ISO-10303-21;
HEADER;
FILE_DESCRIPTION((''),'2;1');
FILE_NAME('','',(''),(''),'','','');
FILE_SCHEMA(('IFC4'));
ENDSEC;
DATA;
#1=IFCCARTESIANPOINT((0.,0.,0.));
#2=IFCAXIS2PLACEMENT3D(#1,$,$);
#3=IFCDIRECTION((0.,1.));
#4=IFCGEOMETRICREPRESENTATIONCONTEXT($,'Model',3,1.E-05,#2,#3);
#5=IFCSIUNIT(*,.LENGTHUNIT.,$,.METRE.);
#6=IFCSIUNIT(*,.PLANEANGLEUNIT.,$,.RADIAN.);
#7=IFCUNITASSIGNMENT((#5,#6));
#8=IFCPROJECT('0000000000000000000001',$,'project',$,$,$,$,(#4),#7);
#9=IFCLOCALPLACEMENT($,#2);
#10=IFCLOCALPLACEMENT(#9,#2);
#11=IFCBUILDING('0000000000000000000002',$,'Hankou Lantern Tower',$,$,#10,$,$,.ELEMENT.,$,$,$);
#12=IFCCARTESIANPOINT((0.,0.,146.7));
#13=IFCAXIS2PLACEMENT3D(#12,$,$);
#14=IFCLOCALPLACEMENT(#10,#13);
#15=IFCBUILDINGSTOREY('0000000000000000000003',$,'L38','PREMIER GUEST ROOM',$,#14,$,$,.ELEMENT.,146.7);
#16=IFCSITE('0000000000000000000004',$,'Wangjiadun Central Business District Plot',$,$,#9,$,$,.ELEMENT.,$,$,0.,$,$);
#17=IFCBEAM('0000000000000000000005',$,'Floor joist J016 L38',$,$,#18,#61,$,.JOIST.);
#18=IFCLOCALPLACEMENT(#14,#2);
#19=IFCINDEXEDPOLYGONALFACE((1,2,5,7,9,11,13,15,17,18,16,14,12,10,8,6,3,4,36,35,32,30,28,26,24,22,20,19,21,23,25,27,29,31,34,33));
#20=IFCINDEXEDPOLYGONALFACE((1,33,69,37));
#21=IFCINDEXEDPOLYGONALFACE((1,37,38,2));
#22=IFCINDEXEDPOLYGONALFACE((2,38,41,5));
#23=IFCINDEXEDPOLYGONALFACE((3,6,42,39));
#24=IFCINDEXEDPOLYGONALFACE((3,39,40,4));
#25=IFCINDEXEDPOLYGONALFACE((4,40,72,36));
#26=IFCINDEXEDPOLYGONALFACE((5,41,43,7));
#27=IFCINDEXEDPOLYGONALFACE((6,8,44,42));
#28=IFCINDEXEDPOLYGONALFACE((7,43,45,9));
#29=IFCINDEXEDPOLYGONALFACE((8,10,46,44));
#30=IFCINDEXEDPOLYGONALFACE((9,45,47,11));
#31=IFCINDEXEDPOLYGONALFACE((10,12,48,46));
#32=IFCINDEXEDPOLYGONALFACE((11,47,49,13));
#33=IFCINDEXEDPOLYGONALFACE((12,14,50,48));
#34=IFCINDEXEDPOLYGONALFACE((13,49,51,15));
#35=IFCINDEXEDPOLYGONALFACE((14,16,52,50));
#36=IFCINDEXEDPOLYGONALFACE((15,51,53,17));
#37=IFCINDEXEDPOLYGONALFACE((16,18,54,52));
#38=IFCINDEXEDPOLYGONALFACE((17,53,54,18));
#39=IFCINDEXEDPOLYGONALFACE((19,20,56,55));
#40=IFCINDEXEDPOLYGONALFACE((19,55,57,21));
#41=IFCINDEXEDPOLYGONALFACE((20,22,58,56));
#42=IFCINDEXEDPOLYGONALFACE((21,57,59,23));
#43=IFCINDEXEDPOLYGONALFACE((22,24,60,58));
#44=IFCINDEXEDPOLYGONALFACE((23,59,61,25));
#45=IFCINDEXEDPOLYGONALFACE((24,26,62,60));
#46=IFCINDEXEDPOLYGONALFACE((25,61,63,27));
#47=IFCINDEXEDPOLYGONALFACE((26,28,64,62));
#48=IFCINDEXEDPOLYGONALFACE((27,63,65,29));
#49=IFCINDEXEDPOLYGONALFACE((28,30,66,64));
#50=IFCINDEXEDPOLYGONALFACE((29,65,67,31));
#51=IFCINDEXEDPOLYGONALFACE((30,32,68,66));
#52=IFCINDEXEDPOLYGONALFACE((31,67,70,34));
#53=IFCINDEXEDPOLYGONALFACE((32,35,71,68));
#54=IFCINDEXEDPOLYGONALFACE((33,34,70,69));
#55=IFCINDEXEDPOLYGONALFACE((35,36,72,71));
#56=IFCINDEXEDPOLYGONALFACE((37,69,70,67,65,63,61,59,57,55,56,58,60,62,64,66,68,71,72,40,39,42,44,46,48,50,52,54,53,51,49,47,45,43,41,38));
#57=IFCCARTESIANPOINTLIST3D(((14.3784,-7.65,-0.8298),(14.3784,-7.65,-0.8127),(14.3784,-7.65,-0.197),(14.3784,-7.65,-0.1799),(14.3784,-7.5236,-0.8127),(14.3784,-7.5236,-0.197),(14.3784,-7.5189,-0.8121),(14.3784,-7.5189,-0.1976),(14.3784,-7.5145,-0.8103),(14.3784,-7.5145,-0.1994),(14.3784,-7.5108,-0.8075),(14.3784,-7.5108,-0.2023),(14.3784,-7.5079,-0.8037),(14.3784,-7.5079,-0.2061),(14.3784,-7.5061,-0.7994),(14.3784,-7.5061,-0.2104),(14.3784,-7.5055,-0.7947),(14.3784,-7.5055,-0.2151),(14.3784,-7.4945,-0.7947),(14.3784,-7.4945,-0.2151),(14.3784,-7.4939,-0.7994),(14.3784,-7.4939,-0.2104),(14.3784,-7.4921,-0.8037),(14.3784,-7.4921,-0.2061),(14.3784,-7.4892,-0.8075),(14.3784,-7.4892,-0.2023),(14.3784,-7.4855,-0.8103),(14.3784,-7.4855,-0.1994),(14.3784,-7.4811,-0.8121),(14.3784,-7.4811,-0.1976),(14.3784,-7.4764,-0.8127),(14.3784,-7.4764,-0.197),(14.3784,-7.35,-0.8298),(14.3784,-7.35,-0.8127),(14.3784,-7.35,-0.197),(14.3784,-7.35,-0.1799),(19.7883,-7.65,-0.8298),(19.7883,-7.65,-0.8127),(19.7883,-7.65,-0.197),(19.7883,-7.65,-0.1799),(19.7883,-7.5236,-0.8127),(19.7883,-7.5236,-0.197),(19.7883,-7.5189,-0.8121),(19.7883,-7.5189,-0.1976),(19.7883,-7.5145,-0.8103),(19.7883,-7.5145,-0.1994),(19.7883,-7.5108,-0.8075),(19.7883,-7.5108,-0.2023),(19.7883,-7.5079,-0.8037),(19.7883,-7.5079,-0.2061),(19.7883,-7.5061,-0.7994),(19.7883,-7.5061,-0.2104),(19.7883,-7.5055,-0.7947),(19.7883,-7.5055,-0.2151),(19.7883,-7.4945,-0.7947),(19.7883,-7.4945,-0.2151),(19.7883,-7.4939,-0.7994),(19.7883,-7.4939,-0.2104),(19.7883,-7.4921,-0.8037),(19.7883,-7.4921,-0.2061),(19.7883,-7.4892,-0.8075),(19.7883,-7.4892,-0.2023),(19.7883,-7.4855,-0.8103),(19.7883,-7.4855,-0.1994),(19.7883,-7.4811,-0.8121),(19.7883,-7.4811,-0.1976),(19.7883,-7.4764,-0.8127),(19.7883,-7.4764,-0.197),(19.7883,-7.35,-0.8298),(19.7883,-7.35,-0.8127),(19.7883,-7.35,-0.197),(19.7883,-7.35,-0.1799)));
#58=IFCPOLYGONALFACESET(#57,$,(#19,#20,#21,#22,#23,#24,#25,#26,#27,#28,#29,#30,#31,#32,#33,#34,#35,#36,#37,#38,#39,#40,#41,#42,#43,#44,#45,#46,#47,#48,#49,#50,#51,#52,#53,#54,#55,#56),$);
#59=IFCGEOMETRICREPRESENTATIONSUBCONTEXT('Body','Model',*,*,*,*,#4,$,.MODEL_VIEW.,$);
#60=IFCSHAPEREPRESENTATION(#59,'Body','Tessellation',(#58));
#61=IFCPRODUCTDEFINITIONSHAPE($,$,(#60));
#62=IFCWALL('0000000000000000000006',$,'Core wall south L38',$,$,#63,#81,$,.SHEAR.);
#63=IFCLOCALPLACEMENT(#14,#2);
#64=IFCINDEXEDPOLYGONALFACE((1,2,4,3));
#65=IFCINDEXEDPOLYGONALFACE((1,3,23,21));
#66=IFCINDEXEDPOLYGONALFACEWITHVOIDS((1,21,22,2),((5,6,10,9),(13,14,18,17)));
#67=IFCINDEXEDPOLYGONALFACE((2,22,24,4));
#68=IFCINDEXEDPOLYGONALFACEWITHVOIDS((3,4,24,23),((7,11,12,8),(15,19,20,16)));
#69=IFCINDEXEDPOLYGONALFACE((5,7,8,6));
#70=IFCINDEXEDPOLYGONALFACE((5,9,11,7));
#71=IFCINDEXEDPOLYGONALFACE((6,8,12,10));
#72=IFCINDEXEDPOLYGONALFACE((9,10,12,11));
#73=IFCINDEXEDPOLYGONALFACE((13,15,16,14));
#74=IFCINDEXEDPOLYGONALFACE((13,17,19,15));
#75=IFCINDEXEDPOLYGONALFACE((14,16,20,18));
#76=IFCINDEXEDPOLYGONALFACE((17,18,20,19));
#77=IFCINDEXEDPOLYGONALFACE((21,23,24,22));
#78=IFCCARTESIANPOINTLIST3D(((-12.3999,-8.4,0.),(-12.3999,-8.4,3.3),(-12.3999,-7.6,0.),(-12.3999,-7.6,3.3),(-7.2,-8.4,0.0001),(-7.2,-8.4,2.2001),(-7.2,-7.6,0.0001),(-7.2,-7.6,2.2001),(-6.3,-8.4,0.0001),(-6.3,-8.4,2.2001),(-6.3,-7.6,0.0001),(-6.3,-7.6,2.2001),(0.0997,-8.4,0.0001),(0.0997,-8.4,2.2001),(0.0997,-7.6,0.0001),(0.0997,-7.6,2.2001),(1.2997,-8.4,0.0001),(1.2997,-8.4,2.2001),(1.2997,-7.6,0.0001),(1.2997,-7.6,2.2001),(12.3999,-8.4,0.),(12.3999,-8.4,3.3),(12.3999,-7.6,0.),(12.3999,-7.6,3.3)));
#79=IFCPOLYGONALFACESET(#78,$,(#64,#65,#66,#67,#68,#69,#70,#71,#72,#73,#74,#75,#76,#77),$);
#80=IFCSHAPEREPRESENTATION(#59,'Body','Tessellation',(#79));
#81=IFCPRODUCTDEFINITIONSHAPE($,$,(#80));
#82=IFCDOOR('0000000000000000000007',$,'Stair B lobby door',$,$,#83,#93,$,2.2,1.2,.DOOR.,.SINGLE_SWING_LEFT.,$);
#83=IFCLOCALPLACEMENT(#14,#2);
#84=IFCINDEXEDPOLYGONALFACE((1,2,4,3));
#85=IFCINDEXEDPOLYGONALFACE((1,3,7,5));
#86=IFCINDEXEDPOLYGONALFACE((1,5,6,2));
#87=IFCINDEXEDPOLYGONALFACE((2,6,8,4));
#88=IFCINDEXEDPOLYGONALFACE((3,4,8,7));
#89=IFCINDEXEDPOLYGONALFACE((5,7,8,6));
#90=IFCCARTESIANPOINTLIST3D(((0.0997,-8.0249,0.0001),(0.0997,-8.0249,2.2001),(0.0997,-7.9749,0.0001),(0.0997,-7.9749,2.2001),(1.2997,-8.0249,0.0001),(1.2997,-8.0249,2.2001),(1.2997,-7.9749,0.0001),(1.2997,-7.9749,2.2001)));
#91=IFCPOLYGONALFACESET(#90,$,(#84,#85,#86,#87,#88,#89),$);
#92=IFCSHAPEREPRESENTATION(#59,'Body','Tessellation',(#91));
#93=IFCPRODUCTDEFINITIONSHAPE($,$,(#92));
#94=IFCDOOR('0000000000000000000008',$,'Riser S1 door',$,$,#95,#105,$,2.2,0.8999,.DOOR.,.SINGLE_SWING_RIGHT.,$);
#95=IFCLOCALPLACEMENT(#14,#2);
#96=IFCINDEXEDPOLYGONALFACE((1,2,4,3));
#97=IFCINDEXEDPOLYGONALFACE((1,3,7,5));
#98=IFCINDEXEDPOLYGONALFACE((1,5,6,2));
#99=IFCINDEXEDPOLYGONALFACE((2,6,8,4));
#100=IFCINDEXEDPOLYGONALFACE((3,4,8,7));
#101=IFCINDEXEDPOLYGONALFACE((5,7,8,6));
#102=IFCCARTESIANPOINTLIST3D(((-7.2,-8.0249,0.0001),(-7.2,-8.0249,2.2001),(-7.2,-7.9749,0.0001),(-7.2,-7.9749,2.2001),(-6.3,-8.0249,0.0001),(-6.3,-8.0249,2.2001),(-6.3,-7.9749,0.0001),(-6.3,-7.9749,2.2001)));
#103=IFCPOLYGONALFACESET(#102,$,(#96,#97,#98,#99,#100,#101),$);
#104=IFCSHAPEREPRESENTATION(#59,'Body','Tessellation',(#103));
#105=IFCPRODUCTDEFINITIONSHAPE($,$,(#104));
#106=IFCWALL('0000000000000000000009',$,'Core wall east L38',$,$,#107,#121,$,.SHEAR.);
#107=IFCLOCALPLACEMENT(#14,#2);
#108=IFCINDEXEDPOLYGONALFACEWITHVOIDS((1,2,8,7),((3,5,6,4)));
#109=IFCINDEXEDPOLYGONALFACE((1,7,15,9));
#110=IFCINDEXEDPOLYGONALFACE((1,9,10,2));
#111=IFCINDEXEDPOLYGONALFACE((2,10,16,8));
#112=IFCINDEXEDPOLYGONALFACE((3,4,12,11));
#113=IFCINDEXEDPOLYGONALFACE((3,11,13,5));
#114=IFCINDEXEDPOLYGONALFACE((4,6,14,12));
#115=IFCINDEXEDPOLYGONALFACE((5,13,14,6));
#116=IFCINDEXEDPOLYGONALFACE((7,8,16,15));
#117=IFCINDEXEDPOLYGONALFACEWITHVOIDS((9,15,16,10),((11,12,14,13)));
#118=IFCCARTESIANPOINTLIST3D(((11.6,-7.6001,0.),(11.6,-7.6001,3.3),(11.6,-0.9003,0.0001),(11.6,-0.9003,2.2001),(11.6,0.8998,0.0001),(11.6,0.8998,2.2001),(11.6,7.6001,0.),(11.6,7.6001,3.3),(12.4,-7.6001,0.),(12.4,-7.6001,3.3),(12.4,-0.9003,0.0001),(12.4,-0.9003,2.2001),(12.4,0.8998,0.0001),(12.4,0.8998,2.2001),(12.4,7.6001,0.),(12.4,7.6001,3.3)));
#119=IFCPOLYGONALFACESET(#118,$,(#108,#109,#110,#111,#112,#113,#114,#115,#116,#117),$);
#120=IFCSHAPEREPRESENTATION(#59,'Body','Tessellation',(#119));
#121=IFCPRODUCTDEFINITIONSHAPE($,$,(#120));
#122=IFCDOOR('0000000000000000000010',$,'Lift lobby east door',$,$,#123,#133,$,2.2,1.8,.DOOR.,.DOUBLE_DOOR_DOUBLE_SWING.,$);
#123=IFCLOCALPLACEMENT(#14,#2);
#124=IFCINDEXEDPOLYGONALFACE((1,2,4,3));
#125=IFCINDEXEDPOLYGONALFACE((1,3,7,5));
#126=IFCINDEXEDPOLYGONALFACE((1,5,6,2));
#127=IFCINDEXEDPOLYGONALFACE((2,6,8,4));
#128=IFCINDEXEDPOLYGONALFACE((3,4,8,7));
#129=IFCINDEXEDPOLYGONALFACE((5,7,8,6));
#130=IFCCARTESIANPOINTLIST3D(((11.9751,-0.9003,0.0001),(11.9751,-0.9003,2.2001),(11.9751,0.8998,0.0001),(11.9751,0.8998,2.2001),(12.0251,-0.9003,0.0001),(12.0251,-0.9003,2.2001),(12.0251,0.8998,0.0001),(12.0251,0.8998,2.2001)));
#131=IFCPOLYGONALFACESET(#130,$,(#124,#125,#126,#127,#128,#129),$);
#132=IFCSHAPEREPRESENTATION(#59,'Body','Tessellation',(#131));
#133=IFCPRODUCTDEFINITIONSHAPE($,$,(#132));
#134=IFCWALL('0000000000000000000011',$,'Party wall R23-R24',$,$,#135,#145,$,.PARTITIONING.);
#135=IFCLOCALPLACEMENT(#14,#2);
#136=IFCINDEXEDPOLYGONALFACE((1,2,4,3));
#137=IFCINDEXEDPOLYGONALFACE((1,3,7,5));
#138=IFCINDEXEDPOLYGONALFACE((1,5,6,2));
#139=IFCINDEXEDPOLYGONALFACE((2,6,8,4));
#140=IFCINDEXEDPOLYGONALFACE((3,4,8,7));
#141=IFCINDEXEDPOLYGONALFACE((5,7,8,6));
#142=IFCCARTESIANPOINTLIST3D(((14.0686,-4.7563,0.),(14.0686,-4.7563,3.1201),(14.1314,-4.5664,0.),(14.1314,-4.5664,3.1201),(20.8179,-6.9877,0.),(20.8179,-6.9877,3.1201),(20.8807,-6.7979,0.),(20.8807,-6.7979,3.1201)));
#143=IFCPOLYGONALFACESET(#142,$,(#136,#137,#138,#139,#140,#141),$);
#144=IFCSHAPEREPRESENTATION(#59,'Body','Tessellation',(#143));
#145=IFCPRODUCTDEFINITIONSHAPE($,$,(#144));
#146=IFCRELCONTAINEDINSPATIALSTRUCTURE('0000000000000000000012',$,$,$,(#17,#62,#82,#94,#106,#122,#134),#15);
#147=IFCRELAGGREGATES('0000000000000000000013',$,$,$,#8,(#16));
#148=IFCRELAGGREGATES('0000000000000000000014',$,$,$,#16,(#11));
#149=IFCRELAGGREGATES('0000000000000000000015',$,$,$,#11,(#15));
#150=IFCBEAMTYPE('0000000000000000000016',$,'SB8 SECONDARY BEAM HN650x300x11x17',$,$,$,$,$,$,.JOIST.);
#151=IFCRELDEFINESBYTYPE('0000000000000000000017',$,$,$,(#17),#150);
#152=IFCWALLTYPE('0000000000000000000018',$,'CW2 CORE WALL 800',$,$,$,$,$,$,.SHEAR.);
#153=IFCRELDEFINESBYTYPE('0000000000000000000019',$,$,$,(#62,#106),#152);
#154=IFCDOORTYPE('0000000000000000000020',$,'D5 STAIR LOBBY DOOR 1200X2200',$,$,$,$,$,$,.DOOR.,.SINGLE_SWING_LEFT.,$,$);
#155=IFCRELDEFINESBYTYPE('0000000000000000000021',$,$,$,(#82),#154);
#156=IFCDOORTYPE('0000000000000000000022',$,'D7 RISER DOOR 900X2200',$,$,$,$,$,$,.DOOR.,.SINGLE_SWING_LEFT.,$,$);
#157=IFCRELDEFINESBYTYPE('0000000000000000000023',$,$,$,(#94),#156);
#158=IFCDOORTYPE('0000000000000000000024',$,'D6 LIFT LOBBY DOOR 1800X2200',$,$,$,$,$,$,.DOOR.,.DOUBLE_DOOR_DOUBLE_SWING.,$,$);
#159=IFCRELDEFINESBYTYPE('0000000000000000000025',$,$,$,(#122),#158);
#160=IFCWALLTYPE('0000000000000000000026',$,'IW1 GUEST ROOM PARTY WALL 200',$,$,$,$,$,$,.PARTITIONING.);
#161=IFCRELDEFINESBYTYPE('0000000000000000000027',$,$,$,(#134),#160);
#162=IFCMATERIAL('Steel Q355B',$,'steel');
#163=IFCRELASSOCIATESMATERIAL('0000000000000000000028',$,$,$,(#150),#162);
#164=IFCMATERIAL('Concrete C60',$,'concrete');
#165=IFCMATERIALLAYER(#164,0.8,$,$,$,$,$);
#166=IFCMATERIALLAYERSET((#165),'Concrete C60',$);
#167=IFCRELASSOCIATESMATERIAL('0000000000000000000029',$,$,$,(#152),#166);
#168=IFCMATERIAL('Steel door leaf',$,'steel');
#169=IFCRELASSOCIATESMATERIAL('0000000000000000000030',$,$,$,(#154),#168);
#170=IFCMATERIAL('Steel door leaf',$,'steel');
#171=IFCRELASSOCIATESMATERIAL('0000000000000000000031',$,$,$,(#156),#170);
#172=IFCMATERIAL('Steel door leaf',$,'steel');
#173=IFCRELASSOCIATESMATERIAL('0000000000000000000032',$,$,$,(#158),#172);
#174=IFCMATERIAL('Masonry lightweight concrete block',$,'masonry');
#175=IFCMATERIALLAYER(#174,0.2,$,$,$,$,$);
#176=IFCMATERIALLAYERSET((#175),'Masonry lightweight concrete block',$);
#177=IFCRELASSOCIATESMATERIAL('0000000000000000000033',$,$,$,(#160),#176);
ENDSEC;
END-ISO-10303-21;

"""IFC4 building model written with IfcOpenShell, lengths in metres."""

from ifc_helpers import new_model, si_unit, direction, frame, frame_2d, origin, origin_2d, place, context, subcontext, project, spatial, rectangle, i_section, extrude, material, layer, layer_set, material_profile, profile_set, type_object, element, fill, save


model = new_model("IFC4")

# Units and contexts
model_context = context("Model", 3, precision=1e-05, world=origin(), true_north=direction((0.0, 1.0)))
body_context = subcontext(model_context, "Body", "Model", "MODEL_VIEW")
ifc_project = project(units=[si_unit("LENGTHUNIT", "METRE"), si_unit("PLANEANGLEUNIT", "RADIAN")], contexts=[model_context])

# Site, building, storey
site_placement = place(None, origin())
site = spatial("IfcSite", under=ifc_project, at=site_placement, Name="Wangjiadun Central Business District Plot", CompositionType="ELEMENT", RefElevation=0.0)
building_placement = place(site_placement, origin())
building = spatial("IfcBuilding", under=site, at=building_placement, Name="Hankou Lantern Tower", CompositionType="ELEMENT")
storey_placement = place(building_placement, frame((0.0, 0.0, 146.7)))
storey = spatial("IfcBuildingStorey", under=building, at=storey_placement, Name="L38", Description="PREMIER GUEST ROOM", CompositionType="ELEMENT", Elevation=146.7)

# Beam
ifc_material_1 = material(Name="Steel Q355B", Category="steel")
ifc_material_profile_1 = material_profile(ifc_material_1, i_section(OverallWidth=0.3, OverallDepth=0.6499, WebThickness=0.011, FlangeThickness=0.0171, FilletRadius=0.0181, at=origin_2d()), Name="HN650x300x11x17")
ifc_profile_set_1 = profile_set([ifc_material_profile_1], Name="Steel Q355B")
beam_type_1 = type_object("IfcBeamType", Name="SB8 SECONDARY BEAM HN650x300x11x17", PredefinedType="JOIST", material=ifc_profile_set_1)
beam_1_placement = place(storey_placement, frame((14.3784, -7.5, -0.5049), z_axis=(1.0, 0.0, 0.0), x_axis=(0.0, 1.0, 0.0)))
element("IfcBeam", 1, at=beam_1_placement, inside=storey, type_object=beam_type_1, Name="Floor joist J016 L38", PredefinedType="JOIST", context=body_context, shape_type="SweptSolid", body=[
    extrude(i_section(OverallWidth=0.3, OverallDepth=0.6499, WebThickness=0.011, FlangeThickness=0.0171, FilletRadius=0.0181, at=origin_2d()), origin(), (0.0, 0.0, 1.0), 5.4099),
])

# Wall, openings, doors
ifc_material_2 = material(Name="Concrete C60", Category="concrete")
ifc_layer_1 = layer(ifc_material_2, 0.8)
ifc_layer_set_1 = layer_set([ifc_layer_1], Name="Concrete C60")
wall_type_1 = type_object("IfcWallType", Name="CW2 CORE WALL 800", PredefinedType="SHEAR", material=ifc_layer_set_1)
wall_1_placement = place(storey_placement, frame((12.3999, -8.0, 0.0), z_axis=(0.0, 0.0, 1.0), x_axis=(-1.0, 0.0, 0.0)))
wall_1 = element("IfcWall", 2, at=wall_1_placement, inside=storey, type_object=wall_type_1, Name="Core wall south L38", PredefinedType="SHEAR", context=body_context, shape_type="SweptSolid", body=[
    extrude(rectangle(XDim=24.7998, YDim=0.8, at=frame_2d((12.3999, 0.0))), origin(), (0.0, 0.0, 1.0), 3.3),
])
opening_1_placement = place(wall_1_placement, frame((11.1001, 0.0, 0.0)))
opening_1 = element("IfcOpeningElement", 3, at=opening_1_placement, cuts=wall_1, PredefinedType="OPENING", context=body_context, shape_type="SweptSolid", body=[
    extrude(rectangle(XDim=1.2, YDim=2.2, at=frame_2d((0.6001, 1.1001))), frame((0.0, 0.4099, 0.0), z_axis=(0.0, -1.0, 0.0), x_axis=(1.0, 0.0, 0.0)), (0.0, 0.0, 1.0), 0.8201),
])
opening_2_placement = place(wall_1_placement, frame((18.7, 0.0, 0.0)))
opening_2 = element("IfcOpeningElement", 4, at=opening_2_placement, cuts=wall_1, PredefinedType="OPENING", context=body_context, shape_type="SweptSolid", body=[
    extrude(rectangle(XDim=0.8999, YDim=2.2, at=frame_2d((0.45, 1.1001))), frame((0.0, 0.4099, 0.0), z_axis=(0.0, -1.0, 0.0), x_axis=(1.0, 0.0, 0.0)), (0.0, 0.0, 1.0), 0.8201),
])
ifc_material_3 = material(Name="Steel door leaf", Category="steel")
door_type_1 = type_object("IfcDoorType", Name="D5 STAIR LOBBY DOOR 1200X2200", OperationType="SINGLE_SWING_LEFT", PredefinedType="DOOR", material=ifc_material_3)
door_1_placement = place(opening_1_placement, origin())
door_1 = element("IfcDoor", 5, at=door_1_placement, inside=storey, type_object=door_type_1, Name="Stair B lobby door", OperationType="SINGLE_SWING_LEFT", OverallHeight=2.2, OverallWidth=1.2, PredefinedType="DOOR", context=body_context, shape_type="SweptSolid", body=[
    extrude(rectangle(XDim=1.2, YDim=2.2, at=frame_2d((0.6001, 1.1001))), frame((0.0, 0.0249, 0.0), z_axis=(0.0, -1.0, 0.0), x_axis=(1.0, 0.0, 0.0)), (0.0, 0.0, 1.0), 0.05),
])
fill(opening_1, door_1)
ifc_material_4 = material(Name="Steel door leaf", Category="steel")
door_type_2 = type_object("IfcDoorType", Name="D7 RISER DOOR 900X2200", OperationType="SINGLE_SWING_LEFT", PredefinedType="DOOR", material=ifc_material_4)
door_2_placement = place(opening_2_placement, origin())
door_2 = element("IfcDoor", 6, at=door_2_placement, inside=storey, type_object=door_type_2, Name="Riser S1 door", OperationType="SINGLE_SWING_RIGHT", OverallHeight=2.2, OverallWidth=0.8999, PredefinedType="DOOR", context=body_context, shape_type="SweptSolid", body=[
    extrude(rectangle(XDim=0.8999, YDim=2.2, at=frame_2d((0.45, 1.1001))), frame((0.0, 0.0249, 0.0), z_axis=(0.0, -1.0, 0.0), x_axis=(1.0, 0.0, 0.0)), (0.0, 0.0, 1.0), 0.05),
])
fill(opening_2, door_2)

# Wall, opening, door
wall_2_placement = place(storey_placement, frame((12.0, -7.6001, 0.0), z_axis=(0.0, 0.0, 1.0), x_axis=(0.0, 1.0, 0.0)))
wall_2 = element("IfcWall", 7, at=wall_2_placement, inside=storey, type_object=wall_type_1, Name="Core wall east L38", PredefinedType="SHEAR", context=body_context, shape_type="SweptSolid", body=[
    extrude(rectangle(XDim=15.2002, YDim=0.8, at=frame_2d((7.6001, 0.0))), origin(), (0.0, 0.0, 1.0), 3.3),
])
opening_3_placement = place(wall_2_placement, frame((6.7, 0.0, 0.0)))
opening_3 = element("IfcOpeningElement", 8, at=opening_3_placement, cuts=wall_2, PredefinedType="OPENING", context=body_context, shape_type="SweptSolid", body=[
    extrude(rectangle(XDim=1.8, YDim=2.2, at=frame_2d((0.8999, 1.1001))), frame((0.0, 0.4099, 0.0), z_axis=(0.0, -1.0, 0.0), x_axis=(1.0, 0.0, 0.0)), (0.0, 0.0, 1.0), 0.8201),
])
ifc_material_5 = material(Name="Steel door leaf", Category="steel")
door_type_3 = type_object("IfcDoorType", Name="D6 LIFT LOBBY DOOR 1800X2200", OperationType="DOUBLE_DOOR_DOUBLE_SWING", PredefinedType="DOOR", material=ifc_material_5)
door_3_placement = place(opening_3_placement, origin())
door_3 = element("IfcDoor", 9, at=door_3_placement, inside=storey, type_object=door_type_3, Name="Lift lobby east door", OperationType="DOUBLE_DOOR_DOUBLE_SWING", OverallHeight=2.2, OverallWidth=1.8, PredefinedType="DOOR", context=body_context, shape_type="SweptSolid", body=[
    extrude(rectangle(XDim=1.8, YDim=2.2, at=frame_2d((0.8999, 1.1001))), frame((0.0, 0.0249, 0.0), z_axis=(0.0, -1.0, 0.0), x_axis=(1.0, 0.0, 0.0)), (0.0, 0.0, 1.0), 0.05),
])
fill(opening_3, door_3)

# Wall
ifc_material_6 = material(Name="Masonry lightweight concrete block", Category="masonry")
ifc_layer_2 = layer(ifc_material_6, 0.2)
ifc_layer_set_2 = layer_set([ifc_layer_2], Name="Masonry lightweight concrete block")
wall_type_2 = type_object("IfcWallType", Name="IW1 GUEST ROOM PARTY WALL 200", PredefinedType="PARTITIONING", material=ifc_layer_set_2)
wall_3_placement = place(storey_placement, frame((14.1001, -4.6614, 0.0), z_axis=(0.0, 0.0, 1.0), x_axis=(0.949453, -0.313909, 0.0)))
element("IfcWall", 10, at=wall_3_placement, inside=storey, type_object=wall_type_2, Name="Party wall R23-R24", PredefinedType="PARTITIONING", context=body_context, shape_type="SweptSolid", body=[
    extrude(rectangle(XDim=7.1086, YDim=0.2, at=frame_2d((3.5542, 0.0))), origin(), (0.0, 0.0, 1.0), 3.1201),
])

save(model, "model.ifc")
